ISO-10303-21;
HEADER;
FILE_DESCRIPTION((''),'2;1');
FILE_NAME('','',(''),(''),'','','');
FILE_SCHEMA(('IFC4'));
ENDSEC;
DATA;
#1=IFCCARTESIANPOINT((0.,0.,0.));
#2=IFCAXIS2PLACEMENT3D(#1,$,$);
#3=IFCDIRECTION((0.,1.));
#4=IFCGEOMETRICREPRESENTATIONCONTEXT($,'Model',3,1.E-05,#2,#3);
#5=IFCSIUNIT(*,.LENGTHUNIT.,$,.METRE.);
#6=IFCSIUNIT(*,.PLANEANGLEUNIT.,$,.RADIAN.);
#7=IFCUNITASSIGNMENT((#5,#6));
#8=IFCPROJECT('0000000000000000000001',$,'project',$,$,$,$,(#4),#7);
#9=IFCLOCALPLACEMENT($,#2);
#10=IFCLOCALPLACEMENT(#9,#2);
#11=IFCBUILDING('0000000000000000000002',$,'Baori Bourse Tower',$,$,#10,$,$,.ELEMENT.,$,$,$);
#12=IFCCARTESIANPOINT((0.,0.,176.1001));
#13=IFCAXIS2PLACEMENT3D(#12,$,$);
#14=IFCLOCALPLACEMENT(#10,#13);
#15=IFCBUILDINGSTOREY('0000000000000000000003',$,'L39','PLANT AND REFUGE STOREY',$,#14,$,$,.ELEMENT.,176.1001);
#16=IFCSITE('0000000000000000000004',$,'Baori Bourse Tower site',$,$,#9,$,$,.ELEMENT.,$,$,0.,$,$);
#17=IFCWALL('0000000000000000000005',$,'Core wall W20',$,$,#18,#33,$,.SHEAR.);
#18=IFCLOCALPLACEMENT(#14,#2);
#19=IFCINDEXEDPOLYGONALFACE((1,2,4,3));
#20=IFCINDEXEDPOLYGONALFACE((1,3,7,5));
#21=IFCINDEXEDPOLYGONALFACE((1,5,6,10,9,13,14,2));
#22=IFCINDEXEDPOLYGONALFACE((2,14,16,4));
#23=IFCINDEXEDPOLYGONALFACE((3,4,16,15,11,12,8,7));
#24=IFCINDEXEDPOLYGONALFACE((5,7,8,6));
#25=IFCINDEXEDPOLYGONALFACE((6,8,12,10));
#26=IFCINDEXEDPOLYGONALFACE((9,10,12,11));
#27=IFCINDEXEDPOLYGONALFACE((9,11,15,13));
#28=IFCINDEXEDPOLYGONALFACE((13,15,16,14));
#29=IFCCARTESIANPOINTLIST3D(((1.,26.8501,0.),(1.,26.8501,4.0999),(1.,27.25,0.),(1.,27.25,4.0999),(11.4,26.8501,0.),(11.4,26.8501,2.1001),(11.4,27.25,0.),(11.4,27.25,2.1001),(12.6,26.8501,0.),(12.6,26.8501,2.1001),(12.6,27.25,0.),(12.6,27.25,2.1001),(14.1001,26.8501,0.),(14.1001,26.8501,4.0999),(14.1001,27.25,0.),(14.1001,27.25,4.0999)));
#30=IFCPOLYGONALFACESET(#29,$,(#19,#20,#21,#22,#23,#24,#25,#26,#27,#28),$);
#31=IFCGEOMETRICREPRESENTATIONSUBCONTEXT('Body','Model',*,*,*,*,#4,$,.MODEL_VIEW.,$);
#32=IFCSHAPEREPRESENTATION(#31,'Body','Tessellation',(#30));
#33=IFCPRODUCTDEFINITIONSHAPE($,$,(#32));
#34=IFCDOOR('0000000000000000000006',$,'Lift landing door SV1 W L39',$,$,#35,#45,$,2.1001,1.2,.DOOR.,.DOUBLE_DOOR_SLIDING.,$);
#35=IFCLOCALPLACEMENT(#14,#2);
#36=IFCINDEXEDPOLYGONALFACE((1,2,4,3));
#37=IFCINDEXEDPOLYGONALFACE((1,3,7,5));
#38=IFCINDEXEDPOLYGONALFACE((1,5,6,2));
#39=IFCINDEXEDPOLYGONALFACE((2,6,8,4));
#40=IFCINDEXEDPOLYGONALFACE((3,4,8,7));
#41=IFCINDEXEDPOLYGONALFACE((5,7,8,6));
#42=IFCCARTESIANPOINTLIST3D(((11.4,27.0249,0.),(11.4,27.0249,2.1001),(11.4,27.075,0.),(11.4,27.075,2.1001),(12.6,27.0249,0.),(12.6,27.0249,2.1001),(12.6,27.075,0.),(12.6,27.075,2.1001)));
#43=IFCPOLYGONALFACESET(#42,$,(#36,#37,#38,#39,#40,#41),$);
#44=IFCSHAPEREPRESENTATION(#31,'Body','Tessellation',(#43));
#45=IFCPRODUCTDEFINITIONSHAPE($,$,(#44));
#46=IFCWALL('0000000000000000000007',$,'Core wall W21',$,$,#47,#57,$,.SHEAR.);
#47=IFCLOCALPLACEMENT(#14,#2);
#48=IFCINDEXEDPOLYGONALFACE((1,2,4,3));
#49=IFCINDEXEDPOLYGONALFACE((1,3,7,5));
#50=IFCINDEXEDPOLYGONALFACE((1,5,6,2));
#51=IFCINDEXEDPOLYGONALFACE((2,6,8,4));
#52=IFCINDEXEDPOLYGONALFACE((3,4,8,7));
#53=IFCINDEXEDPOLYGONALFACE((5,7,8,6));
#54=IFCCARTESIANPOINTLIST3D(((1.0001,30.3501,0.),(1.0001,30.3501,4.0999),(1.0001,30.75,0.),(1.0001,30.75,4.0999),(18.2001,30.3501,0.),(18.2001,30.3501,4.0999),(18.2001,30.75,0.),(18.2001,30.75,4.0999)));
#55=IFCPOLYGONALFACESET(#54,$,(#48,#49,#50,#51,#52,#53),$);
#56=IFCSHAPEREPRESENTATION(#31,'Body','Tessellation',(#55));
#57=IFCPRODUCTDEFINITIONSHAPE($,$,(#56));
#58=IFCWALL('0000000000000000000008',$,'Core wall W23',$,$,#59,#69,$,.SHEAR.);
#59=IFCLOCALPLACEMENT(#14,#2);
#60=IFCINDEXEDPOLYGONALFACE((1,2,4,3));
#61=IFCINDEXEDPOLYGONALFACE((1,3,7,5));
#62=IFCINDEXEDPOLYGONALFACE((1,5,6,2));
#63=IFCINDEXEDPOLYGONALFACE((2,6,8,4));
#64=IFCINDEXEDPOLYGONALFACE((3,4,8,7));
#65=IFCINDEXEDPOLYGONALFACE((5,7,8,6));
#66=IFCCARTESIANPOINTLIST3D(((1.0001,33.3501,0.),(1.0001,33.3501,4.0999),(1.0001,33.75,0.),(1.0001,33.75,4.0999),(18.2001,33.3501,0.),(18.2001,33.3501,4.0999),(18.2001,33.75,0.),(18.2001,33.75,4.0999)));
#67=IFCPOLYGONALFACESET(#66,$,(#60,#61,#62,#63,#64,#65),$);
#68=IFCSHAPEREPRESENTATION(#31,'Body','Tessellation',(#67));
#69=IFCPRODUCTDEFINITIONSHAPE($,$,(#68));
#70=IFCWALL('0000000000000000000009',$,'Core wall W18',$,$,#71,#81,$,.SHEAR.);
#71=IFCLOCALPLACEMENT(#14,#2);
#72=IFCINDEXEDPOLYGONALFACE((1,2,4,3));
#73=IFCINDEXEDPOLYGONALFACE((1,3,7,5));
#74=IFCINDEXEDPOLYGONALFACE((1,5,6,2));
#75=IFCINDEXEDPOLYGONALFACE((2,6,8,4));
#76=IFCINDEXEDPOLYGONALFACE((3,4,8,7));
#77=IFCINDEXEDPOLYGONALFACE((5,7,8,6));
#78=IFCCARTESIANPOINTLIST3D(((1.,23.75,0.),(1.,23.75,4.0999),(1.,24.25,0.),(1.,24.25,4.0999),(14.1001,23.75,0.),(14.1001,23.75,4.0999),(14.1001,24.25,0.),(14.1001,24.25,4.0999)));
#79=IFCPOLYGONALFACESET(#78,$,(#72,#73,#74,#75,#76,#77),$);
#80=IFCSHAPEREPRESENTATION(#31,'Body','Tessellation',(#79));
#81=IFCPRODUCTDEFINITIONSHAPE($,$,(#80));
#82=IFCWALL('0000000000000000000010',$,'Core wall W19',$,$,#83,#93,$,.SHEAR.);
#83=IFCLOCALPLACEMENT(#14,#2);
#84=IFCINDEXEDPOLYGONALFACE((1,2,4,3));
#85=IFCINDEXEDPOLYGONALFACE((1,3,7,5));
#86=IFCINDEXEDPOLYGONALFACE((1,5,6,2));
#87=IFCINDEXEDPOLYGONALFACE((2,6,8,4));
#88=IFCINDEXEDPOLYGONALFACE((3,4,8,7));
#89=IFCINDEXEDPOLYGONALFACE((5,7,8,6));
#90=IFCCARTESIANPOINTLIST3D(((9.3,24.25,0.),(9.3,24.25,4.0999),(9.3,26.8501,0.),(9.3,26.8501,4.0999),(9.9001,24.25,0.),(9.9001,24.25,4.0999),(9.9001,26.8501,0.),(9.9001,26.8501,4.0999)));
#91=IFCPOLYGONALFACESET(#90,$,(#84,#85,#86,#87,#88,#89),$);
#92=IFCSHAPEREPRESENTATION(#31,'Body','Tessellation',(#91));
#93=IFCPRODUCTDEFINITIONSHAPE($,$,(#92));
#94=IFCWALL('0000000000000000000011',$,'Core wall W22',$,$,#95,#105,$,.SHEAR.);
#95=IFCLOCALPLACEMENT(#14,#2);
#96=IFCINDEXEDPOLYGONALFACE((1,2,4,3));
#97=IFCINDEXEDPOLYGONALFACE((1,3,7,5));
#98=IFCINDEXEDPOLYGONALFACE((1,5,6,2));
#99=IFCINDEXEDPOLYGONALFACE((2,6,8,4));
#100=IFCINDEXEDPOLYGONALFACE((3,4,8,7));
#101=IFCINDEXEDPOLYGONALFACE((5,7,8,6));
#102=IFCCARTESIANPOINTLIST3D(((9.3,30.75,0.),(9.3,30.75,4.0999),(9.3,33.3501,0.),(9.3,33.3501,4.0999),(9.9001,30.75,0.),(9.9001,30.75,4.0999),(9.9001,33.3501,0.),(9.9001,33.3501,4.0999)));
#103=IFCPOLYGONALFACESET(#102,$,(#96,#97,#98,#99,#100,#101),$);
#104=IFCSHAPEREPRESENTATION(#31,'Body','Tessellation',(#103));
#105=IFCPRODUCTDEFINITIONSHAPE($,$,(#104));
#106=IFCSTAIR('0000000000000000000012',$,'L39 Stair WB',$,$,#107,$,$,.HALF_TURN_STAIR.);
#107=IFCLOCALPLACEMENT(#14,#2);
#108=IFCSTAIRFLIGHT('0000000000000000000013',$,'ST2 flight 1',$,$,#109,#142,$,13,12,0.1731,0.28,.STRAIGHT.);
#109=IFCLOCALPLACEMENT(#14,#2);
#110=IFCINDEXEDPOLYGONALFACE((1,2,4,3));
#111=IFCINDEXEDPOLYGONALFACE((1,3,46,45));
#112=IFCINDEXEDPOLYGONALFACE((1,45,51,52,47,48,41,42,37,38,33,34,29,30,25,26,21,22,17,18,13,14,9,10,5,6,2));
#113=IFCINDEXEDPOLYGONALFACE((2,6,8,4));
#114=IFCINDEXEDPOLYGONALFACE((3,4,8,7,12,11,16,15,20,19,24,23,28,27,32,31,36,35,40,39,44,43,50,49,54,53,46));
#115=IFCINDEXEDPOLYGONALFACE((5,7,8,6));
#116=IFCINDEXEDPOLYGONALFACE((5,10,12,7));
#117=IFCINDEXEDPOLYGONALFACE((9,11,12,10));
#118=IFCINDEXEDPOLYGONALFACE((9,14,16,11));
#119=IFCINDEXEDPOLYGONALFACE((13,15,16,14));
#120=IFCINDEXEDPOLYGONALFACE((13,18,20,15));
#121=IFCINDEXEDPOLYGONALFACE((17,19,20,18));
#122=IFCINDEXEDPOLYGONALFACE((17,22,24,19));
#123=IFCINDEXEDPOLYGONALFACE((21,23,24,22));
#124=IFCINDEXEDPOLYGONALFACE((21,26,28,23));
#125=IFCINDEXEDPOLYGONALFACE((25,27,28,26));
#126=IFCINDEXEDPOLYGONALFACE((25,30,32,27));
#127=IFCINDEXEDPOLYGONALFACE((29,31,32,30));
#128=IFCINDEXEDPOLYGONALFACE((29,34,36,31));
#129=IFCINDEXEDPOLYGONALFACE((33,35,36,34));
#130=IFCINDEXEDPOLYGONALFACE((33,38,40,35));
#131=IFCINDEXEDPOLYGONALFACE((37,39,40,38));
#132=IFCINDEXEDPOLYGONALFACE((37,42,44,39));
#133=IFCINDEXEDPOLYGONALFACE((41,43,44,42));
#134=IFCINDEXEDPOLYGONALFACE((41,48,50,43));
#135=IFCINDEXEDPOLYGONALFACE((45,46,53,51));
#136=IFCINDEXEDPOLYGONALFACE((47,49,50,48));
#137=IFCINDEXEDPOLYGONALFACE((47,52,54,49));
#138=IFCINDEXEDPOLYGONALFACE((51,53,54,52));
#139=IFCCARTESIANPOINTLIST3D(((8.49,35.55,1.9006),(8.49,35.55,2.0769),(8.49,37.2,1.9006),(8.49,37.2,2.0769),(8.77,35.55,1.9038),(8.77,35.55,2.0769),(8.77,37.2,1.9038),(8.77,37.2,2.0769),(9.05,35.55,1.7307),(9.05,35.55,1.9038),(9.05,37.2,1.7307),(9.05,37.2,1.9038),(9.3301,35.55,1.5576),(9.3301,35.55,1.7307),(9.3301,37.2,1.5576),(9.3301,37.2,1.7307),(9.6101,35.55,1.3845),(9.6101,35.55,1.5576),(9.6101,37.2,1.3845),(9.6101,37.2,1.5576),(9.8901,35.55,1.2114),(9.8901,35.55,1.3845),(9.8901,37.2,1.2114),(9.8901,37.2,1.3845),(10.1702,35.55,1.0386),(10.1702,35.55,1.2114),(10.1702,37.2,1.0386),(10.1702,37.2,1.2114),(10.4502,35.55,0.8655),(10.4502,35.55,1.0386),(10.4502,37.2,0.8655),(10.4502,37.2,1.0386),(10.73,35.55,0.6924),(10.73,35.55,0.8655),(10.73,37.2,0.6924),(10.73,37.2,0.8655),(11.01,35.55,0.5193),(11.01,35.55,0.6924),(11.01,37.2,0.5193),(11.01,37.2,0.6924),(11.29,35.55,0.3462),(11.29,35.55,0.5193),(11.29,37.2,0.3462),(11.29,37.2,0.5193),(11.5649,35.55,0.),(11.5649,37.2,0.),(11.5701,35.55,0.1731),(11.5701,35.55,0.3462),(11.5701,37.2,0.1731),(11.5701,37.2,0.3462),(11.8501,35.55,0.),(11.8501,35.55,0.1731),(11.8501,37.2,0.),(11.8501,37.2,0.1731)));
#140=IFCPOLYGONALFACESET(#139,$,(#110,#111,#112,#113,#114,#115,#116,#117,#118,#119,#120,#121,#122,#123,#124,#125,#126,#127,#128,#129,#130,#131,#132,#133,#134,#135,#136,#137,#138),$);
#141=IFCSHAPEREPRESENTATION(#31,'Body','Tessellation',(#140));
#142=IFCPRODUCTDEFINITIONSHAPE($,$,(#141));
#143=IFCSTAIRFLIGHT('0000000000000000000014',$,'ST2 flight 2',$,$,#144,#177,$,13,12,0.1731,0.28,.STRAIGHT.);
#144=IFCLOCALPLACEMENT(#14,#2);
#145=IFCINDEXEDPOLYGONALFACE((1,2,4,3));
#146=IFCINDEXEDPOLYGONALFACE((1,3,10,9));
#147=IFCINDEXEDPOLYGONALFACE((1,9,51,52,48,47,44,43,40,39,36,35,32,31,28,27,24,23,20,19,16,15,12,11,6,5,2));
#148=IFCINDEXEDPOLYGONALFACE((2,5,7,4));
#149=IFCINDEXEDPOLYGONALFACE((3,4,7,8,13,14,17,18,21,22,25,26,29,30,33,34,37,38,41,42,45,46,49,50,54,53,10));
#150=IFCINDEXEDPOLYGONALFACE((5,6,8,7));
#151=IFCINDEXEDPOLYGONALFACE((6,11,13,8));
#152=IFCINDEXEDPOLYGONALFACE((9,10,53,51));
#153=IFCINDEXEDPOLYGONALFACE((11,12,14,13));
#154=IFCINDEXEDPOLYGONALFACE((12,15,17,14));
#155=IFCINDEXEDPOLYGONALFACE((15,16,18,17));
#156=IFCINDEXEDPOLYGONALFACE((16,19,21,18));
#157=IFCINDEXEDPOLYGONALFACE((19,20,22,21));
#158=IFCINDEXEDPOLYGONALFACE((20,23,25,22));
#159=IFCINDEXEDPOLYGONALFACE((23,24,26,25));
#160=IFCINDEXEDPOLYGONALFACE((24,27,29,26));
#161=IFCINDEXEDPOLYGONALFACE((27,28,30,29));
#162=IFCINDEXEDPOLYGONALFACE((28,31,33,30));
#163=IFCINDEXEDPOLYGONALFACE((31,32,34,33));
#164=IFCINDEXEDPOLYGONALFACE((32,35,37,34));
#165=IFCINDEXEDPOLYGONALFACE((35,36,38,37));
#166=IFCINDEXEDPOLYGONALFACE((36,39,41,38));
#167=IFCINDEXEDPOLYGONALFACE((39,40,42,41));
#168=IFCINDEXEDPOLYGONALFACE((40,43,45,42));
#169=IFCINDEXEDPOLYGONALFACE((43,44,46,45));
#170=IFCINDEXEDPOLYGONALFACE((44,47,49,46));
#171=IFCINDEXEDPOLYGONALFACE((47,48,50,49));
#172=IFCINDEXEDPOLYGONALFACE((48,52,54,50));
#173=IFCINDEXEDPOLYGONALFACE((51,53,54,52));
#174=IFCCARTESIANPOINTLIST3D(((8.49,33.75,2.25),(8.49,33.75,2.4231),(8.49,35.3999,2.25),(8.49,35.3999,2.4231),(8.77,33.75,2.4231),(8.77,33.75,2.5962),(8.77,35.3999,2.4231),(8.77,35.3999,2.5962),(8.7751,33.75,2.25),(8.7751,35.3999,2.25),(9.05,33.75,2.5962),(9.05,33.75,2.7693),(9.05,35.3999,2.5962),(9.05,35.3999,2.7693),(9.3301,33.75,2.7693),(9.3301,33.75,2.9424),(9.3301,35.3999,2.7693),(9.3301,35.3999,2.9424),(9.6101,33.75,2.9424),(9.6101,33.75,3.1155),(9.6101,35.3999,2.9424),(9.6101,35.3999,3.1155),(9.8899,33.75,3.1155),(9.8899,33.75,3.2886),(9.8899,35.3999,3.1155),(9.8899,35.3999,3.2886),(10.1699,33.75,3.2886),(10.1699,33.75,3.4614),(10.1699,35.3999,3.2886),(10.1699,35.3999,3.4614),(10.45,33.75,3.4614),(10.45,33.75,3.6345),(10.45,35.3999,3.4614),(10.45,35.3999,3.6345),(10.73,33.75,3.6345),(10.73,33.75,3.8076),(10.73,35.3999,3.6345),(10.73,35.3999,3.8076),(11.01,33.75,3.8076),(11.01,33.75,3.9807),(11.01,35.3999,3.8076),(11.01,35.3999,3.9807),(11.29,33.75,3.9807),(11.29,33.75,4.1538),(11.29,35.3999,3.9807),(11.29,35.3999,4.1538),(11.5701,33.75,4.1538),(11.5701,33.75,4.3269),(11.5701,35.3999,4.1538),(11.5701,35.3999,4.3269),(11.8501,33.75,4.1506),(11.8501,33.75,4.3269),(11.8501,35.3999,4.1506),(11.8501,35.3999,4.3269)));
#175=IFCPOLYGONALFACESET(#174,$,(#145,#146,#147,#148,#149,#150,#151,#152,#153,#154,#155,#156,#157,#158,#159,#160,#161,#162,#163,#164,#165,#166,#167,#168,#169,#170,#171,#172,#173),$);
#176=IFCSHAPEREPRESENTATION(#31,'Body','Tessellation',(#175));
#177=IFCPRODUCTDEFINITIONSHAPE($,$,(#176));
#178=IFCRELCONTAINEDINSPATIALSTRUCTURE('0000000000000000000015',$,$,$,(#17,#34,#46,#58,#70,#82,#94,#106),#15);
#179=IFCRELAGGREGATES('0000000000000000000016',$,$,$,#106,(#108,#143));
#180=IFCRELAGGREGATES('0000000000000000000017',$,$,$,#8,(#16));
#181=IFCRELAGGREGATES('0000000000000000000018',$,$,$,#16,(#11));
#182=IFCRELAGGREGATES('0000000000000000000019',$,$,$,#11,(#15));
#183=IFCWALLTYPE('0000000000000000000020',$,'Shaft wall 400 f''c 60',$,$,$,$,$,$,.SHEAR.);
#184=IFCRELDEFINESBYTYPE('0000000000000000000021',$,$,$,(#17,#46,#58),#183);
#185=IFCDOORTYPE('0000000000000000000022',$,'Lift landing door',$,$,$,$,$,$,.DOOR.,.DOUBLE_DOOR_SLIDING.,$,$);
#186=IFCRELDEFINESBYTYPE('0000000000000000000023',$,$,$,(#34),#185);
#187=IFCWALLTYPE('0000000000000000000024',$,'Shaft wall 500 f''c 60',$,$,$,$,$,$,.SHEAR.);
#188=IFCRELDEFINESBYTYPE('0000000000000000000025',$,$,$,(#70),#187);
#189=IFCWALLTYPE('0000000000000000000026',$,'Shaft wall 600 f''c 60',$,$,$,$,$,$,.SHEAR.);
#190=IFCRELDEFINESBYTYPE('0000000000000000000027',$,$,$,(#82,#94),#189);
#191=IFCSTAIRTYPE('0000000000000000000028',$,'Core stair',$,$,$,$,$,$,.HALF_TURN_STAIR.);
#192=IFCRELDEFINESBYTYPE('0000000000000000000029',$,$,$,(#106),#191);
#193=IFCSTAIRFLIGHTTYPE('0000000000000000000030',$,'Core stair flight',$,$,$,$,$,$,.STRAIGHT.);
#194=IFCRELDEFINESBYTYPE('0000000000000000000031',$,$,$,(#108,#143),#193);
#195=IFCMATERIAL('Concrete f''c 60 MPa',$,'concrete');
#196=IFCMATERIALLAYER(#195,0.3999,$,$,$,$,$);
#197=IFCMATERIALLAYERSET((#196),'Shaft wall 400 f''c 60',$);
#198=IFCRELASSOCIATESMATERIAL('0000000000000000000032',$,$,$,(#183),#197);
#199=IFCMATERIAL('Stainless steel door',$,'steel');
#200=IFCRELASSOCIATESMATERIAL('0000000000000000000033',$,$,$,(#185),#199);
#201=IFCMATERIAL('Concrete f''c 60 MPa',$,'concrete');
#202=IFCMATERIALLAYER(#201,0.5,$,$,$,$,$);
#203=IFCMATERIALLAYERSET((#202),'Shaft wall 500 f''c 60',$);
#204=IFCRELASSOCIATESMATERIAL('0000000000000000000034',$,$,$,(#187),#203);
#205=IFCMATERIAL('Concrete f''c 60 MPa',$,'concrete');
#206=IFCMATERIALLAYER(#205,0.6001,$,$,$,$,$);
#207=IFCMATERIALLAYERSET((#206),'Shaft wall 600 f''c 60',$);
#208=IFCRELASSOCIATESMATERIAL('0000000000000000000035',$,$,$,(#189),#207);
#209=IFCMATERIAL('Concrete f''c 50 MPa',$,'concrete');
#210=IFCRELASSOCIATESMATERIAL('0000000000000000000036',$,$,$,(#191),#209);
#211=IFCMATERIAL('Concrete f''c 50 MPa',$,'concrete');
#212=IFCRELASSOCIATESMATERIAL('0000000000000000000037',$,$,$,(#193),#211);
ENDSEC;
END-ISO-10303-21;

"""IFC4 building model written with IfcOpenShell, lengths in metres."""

from ifc_helpers import new_model, si_unit, direction, frame, frame_2d, origin, place, context, subcontext, project, spatial, polyline, rectangle, outline, extrude, material, layer, layer_set, type_object, element, fill, aggregate, save


model = new_model("IFC4")

# Units and contexts
model_context = context("Model", 3, precision=1e-05, world=origin(), true_north=direction((0.0, 1.0)))
body_context = subcontext(model_context, "Body", "Model", "MODEL_VIEW")
ifc_project = project(units=[si_unit("LENGTHUNIT", "METRE"), si_unit("PLANEANGLEUNIT", "RADIAN")], contexts=[model_context])

# Site, building, storey
site_placement = place(None, origin())
site = spatial("IfcSite", under=ifc_project, at=site_placement, Name="Baori Bourse Tower site", CompositionType="ELEMENT", RefElevation=0.0)
building_placement = place(site_placement, origin())
building = spatial("IfcBuilding", under=site, at=building_placement, Name="Baori Bourse Tower", CompositionType="ELEMENT")
storey_placement = place(building_placement, frame((0.0, 0.0, 176.1001)))
storey = spatial("IfcBuildingStorey", under=building, at=storey_placement, Name="L39", Description="PLANT AND REFUGE STOREY", CompositionType="ELEMENT", Elevation=176.1001)

# Shared definitions
ifc_material_1 = material(Name="Concrete f'c 60 MPa", Category="concrete")
ifc_layer_1 = layer(ifc_material_1, 0.3999)
ifc_layer_set_1 = layer_set([ifc_layer_1], Name="Shaft wall 400 f'c 60")
wall_type_1 = type_object("IfcWallType", Name="Shaft wall 400 f'c 60", PredefinedType="SHEAR", material=ifc_layer_set_1)

# Wall, opening, door
wall_1_placement = place(storey_placement, frame((1.0, 27.05, 0.0), z_axis=(0.0, 0.0, 1.0), x_axis=(1.0, 0.0, 0.0)))
wall_1 = element("IfcWall", 1, at=wall_1_placement, inside=storey, type_object=wall_type_1, Name="Core wall W20", PredefinedType="SHEAR", context=body_context, shape_type="SweptSolid", body=[
    extrude(rectangle(XDim=13.1001, YDim=0.3999, at=frame_2d((6.55, 0.0))), origin(), (0.0, 0.0, 1.0), 4.0999),
])
opening_1_placement = place(wall_1_placement, frame((10.3999, 0.0, 0.0)))
opening_1 = element("IfcOpeningElement", 2, at=opening_1_placement, cuts=wall_1, PredefinedType="OPENING", context=body_context, shape_type="SweptSolid", body=[
    extrude(rectangle(XDim=1.2, YDim=2.1001, at=frame_2d((0.6001, 1.05))), frame((0.0, 0.21, 0.0), z_axis=(0.0, -1.0, 0.0), x_axis=(1.0, 0.0, 0.0)), (0.0, 0.0, 1.0), 0.4199),
])
ifc_material_2 = material(Name="Stainless steel door", Category="steel")
door_type_1 = type_object("IfcDoorType", Name="Lift landing door", OperationType="DOUBLE_DOOR_SLIDING", PredefinedType="DOOR", material=ifc_material_2)
door_1_placement = place(opening_1_placement, origin())
door_1 = element("IfcDoor", 3, at=door_1_placement, inside=storey, type_object=door_type_1, Name="Lift landing door SV1 W L39", OperationType="DOUBLE_DOOR_SLIDING", OverallHeight=2.1001, OverallWidth=1.2, PredefinedType="DOOR", context=body_context, shape_type="SweptSolid", body=[
    extrude(rectangle(XDim=1.2, YDim=2.1001, at=frame_2d((0.6001, 1.05))), frame((0.0, 0.0249, 0.0), z_axis=(0.0, -1.0, 0.0), x_axis=(1.0, 0.0, 0.0)), (0.0, 0.0, 1.0), 0.05),
])
fill(opening_1, door_1)

# Walls
for number, where, z_axis, x_axis, name in (
    (4, (1.0, 30.55, 0.0), (0.0, 0.0, 1.0), (1.0, 0.0, 0.0), "Core wall W21"),
    (5, (1.0, 33.55, 0.0), (0.0, 0.0, 1.0), (1.0, 0.0, 0.0), "Core wall W23"),
):
    element("IfcWall", number, at=place(storey_placement, frame(where, z_axis=z_axis, x_axis=x_axis)), inside=storey, type_object=wall_type_1, Name=name, PredefinedType="SHEAR", context=body_context, shape_type="SweptSolid", body=[
        extrude(rectangle(XDim=17.2, YDim=0.3999, at=frame_2d((8.6001, 0.0))), origin(), (0.0, 0.0, 1.0), 4.0999),
    ])
ifc_material_3 = material(Name="Concrete f'c 60 MPa", Category="concrete")
ifc_layer_2 = layer(ifc_material_3, 0.5)
ifc_layer_set_2 = layer_set([ifc_layer_2], Name="Shaft wall 500 f'c 60")
wall_type_2 = type_object("IfcWallType", Name="Shaft wall 500 f'c 60", PredefinedType="SHEAR", material=ifc_layer_set_2)
wall_2_placement = place(storey_placement, frame((1.0, 24.0, 0.0), z_axis=(0.0, 0.0, 1.0), x_axis=(1.0, 0.0, 0.0)))
element("IfcWall", 6, at=wall_2_placement, inside=storey, type_object=wall_type_2, Name="Core wall W18", PredefinedType="SHEAR", context=body_context, shape_type="SweptSolid", body=[
    extrude(rectangle(XDim=13.1001, YDim=0.5, at=frame_2d((6.55, 0.0))), origin(), (0.0, 0.0, 1.0), 4.0999),
])
ifc_material_4 = material(Name="Concrete f'c 60 MPa", Category="concrete")
ifc_layer_3 = layer(ifc_material_4, 0.6001)
ifc_layer_set_3 = layer_set([ifc_layer_3], Name="Shaft wall 600 f'c 60")
wall_type_3 = type_object("IfcWallType", Name="Shaft wall 600 f'c 60", PredefinedType="SHEAR", material=ifc_layer_set_3)
for number, where, z_axis, x_axis, name in (
    (7, (9.6001, 24.25, 0.0), (0.0, 0.0, 1.0), (0.0, 1.0, 0.0), "Core wall W19"),
    (8, (9.6001, 30.75, 0.0), (0.0, 0.0, 1.0), (0.0, 1.0, 0.0), "Core wall W22"),
):
    element("IfcWall", number, at=place(storey_placement, frame(where, z_axis=z_axis, x_axis=x_axis)), inside=storey, type_object=wall_type_3, Name=name, PredefinedType="SHEAR", context=body_context, shape_type="SweptSolid", body=[
        extrude(rectangle(XDim=2.6001, YDim=0.6001, at=frame_2d((1.3, 0.0))), origin(), (0.0, 0.0, 1.0), 4.0999),
    ])

# Stair, stair flights
ifc_material_5 = material(Name="Concrete f'c 50 MPa", Category="concrete")
stair_type = type_object("IfcStairType", Name="Core stair", PredefinedType="HALF_TURN_STAIR", material=ifc_material_5)
stair_placement = place(storey_placement, origin())
stair = element("IfcStair", 9, at=stair_placement, inside=storey, type_object=stair_type, Name="L39 Stair WB", PredefinedType="HALF_TURN_STAIR")
ifc_material_6 = material(Name="Concrete f'c 50 MPa", Category="concrete")
stair_flight_type = type_object("IfcStairFlightType", Name="Core stair flight", PredefinedType="STRAIGHT", material=ifc_material_6)
stair_flight_1_placement = place(storey_placement, frame((11.8501, 36.375, 0.0), z_axis=(0.0, 0.0, 1.0), x_axis=(-1.0, 0.0, 0.0)))
stair_flight_1 = element("IfcStairFlight", 10, at=stair_flight_1_placement, type_object=stair_flight_type, Name="ST2 flight 1", NumberOfRisers=13, NumberOfTreads=12, PredefinedType="STRAIGHT", RiserHeight=0.1731, TreadLength=0.28, context=body_context, shape_type="SweptSolid", body=[
    extrude(outline(polyline([(0.0, 0.0), (0.0, 0.1731), (0.28, 0.1731), (0.28, 0.3462), (0.5601, 0.3462), (0.5601, 0.5193), (0.8401, 0.5193), (0.8401, 0.6924), (1.1201, 0.6924), (1.1201, 0.8655), (1.3999, 0.8655), (1.3999, 1.0386), (1.6799, 1.0386), (1.6799, 1.2114), (1.96, 1.2114), (1.96, 1.3845), (2.24, 1.3845), (2.24, 1.5576), (2.52, 1.5576), (2.52, 1.7307), (2.8, 1.7307), (2.8, 1.9038), (3.0801, 1.9038), (3.0801, 2.0769), (3.3601, 2.0769), (3.3601, 2.25), (3.3601, 1.9006), (0.2852, 0.0), (0.0, 0.0)])), frame((0.0, 0.825, 0.0), z_axis=(0.0, -1.0, 0.0), x_axis=(1.0, 0.0, 0.0)), (0.0, 0.0, 1.0), 1.6499),
])
stair_flight_2_placement = place(storey_placement, frame((8.49, 34.575, 2.25), z_axis=(0.0, 0.0, 1.0), x_axis=(1.0, 0.0, 0.0)))
stair_flight_2 = element("IfcStairFlight", 11, at=stair_flight_2_placement, type_object=stair_flight_type, Name="ST2 flight 2", NumberOfRisers=13, NumberOfTreads=12, PredefinedType="STRAIGHT", RiserHeight=0.1731, TreadLength=0.28, context=body_context, shape_type="SweptSolid", body=[
    extrude(outline(polyline([(0.0, 0.0), (0.0, 0.1731), (0.28, 0.1731), (0.28, 0.3462), (0.5601, 0.3462), (0.5601, 0.5193), (0.8401, 0.5193), (0.8401, 0.6924), (1.1201, 0.6924), (1.1201, 0.8655), (1.3999, 0.8655), (1.3999, 1.0386), (1.6799, 1.0386), (1.6799, 1.2114), (1.96, 1.2114), (1.96, 1.3845), (2.24, 1.3845), (2.24, 1.5576), (2.52, 1.5576), (2.52, 1.7307), (2.8, 1.7307), (2.8, 1.9038), (3.0801, 1.9038), (3.0801, 2.0769), (3.3601, 2.0769), (3.3601, 2.25), (3.3601, 1.9006), (0.2852, 0.0), (0.0, 0.0)])), frame((0.0, 0.825, 0.0), z_axis=(0.0, -1.0, 0.0), x_axis=(1.0, 0.0, 0.0)), (0.0, 0.0, 1.0), 1.6499),
])
aggregate(stair, [stair_flight_1, stair_flight_2])

save(model, "model.ifc")
